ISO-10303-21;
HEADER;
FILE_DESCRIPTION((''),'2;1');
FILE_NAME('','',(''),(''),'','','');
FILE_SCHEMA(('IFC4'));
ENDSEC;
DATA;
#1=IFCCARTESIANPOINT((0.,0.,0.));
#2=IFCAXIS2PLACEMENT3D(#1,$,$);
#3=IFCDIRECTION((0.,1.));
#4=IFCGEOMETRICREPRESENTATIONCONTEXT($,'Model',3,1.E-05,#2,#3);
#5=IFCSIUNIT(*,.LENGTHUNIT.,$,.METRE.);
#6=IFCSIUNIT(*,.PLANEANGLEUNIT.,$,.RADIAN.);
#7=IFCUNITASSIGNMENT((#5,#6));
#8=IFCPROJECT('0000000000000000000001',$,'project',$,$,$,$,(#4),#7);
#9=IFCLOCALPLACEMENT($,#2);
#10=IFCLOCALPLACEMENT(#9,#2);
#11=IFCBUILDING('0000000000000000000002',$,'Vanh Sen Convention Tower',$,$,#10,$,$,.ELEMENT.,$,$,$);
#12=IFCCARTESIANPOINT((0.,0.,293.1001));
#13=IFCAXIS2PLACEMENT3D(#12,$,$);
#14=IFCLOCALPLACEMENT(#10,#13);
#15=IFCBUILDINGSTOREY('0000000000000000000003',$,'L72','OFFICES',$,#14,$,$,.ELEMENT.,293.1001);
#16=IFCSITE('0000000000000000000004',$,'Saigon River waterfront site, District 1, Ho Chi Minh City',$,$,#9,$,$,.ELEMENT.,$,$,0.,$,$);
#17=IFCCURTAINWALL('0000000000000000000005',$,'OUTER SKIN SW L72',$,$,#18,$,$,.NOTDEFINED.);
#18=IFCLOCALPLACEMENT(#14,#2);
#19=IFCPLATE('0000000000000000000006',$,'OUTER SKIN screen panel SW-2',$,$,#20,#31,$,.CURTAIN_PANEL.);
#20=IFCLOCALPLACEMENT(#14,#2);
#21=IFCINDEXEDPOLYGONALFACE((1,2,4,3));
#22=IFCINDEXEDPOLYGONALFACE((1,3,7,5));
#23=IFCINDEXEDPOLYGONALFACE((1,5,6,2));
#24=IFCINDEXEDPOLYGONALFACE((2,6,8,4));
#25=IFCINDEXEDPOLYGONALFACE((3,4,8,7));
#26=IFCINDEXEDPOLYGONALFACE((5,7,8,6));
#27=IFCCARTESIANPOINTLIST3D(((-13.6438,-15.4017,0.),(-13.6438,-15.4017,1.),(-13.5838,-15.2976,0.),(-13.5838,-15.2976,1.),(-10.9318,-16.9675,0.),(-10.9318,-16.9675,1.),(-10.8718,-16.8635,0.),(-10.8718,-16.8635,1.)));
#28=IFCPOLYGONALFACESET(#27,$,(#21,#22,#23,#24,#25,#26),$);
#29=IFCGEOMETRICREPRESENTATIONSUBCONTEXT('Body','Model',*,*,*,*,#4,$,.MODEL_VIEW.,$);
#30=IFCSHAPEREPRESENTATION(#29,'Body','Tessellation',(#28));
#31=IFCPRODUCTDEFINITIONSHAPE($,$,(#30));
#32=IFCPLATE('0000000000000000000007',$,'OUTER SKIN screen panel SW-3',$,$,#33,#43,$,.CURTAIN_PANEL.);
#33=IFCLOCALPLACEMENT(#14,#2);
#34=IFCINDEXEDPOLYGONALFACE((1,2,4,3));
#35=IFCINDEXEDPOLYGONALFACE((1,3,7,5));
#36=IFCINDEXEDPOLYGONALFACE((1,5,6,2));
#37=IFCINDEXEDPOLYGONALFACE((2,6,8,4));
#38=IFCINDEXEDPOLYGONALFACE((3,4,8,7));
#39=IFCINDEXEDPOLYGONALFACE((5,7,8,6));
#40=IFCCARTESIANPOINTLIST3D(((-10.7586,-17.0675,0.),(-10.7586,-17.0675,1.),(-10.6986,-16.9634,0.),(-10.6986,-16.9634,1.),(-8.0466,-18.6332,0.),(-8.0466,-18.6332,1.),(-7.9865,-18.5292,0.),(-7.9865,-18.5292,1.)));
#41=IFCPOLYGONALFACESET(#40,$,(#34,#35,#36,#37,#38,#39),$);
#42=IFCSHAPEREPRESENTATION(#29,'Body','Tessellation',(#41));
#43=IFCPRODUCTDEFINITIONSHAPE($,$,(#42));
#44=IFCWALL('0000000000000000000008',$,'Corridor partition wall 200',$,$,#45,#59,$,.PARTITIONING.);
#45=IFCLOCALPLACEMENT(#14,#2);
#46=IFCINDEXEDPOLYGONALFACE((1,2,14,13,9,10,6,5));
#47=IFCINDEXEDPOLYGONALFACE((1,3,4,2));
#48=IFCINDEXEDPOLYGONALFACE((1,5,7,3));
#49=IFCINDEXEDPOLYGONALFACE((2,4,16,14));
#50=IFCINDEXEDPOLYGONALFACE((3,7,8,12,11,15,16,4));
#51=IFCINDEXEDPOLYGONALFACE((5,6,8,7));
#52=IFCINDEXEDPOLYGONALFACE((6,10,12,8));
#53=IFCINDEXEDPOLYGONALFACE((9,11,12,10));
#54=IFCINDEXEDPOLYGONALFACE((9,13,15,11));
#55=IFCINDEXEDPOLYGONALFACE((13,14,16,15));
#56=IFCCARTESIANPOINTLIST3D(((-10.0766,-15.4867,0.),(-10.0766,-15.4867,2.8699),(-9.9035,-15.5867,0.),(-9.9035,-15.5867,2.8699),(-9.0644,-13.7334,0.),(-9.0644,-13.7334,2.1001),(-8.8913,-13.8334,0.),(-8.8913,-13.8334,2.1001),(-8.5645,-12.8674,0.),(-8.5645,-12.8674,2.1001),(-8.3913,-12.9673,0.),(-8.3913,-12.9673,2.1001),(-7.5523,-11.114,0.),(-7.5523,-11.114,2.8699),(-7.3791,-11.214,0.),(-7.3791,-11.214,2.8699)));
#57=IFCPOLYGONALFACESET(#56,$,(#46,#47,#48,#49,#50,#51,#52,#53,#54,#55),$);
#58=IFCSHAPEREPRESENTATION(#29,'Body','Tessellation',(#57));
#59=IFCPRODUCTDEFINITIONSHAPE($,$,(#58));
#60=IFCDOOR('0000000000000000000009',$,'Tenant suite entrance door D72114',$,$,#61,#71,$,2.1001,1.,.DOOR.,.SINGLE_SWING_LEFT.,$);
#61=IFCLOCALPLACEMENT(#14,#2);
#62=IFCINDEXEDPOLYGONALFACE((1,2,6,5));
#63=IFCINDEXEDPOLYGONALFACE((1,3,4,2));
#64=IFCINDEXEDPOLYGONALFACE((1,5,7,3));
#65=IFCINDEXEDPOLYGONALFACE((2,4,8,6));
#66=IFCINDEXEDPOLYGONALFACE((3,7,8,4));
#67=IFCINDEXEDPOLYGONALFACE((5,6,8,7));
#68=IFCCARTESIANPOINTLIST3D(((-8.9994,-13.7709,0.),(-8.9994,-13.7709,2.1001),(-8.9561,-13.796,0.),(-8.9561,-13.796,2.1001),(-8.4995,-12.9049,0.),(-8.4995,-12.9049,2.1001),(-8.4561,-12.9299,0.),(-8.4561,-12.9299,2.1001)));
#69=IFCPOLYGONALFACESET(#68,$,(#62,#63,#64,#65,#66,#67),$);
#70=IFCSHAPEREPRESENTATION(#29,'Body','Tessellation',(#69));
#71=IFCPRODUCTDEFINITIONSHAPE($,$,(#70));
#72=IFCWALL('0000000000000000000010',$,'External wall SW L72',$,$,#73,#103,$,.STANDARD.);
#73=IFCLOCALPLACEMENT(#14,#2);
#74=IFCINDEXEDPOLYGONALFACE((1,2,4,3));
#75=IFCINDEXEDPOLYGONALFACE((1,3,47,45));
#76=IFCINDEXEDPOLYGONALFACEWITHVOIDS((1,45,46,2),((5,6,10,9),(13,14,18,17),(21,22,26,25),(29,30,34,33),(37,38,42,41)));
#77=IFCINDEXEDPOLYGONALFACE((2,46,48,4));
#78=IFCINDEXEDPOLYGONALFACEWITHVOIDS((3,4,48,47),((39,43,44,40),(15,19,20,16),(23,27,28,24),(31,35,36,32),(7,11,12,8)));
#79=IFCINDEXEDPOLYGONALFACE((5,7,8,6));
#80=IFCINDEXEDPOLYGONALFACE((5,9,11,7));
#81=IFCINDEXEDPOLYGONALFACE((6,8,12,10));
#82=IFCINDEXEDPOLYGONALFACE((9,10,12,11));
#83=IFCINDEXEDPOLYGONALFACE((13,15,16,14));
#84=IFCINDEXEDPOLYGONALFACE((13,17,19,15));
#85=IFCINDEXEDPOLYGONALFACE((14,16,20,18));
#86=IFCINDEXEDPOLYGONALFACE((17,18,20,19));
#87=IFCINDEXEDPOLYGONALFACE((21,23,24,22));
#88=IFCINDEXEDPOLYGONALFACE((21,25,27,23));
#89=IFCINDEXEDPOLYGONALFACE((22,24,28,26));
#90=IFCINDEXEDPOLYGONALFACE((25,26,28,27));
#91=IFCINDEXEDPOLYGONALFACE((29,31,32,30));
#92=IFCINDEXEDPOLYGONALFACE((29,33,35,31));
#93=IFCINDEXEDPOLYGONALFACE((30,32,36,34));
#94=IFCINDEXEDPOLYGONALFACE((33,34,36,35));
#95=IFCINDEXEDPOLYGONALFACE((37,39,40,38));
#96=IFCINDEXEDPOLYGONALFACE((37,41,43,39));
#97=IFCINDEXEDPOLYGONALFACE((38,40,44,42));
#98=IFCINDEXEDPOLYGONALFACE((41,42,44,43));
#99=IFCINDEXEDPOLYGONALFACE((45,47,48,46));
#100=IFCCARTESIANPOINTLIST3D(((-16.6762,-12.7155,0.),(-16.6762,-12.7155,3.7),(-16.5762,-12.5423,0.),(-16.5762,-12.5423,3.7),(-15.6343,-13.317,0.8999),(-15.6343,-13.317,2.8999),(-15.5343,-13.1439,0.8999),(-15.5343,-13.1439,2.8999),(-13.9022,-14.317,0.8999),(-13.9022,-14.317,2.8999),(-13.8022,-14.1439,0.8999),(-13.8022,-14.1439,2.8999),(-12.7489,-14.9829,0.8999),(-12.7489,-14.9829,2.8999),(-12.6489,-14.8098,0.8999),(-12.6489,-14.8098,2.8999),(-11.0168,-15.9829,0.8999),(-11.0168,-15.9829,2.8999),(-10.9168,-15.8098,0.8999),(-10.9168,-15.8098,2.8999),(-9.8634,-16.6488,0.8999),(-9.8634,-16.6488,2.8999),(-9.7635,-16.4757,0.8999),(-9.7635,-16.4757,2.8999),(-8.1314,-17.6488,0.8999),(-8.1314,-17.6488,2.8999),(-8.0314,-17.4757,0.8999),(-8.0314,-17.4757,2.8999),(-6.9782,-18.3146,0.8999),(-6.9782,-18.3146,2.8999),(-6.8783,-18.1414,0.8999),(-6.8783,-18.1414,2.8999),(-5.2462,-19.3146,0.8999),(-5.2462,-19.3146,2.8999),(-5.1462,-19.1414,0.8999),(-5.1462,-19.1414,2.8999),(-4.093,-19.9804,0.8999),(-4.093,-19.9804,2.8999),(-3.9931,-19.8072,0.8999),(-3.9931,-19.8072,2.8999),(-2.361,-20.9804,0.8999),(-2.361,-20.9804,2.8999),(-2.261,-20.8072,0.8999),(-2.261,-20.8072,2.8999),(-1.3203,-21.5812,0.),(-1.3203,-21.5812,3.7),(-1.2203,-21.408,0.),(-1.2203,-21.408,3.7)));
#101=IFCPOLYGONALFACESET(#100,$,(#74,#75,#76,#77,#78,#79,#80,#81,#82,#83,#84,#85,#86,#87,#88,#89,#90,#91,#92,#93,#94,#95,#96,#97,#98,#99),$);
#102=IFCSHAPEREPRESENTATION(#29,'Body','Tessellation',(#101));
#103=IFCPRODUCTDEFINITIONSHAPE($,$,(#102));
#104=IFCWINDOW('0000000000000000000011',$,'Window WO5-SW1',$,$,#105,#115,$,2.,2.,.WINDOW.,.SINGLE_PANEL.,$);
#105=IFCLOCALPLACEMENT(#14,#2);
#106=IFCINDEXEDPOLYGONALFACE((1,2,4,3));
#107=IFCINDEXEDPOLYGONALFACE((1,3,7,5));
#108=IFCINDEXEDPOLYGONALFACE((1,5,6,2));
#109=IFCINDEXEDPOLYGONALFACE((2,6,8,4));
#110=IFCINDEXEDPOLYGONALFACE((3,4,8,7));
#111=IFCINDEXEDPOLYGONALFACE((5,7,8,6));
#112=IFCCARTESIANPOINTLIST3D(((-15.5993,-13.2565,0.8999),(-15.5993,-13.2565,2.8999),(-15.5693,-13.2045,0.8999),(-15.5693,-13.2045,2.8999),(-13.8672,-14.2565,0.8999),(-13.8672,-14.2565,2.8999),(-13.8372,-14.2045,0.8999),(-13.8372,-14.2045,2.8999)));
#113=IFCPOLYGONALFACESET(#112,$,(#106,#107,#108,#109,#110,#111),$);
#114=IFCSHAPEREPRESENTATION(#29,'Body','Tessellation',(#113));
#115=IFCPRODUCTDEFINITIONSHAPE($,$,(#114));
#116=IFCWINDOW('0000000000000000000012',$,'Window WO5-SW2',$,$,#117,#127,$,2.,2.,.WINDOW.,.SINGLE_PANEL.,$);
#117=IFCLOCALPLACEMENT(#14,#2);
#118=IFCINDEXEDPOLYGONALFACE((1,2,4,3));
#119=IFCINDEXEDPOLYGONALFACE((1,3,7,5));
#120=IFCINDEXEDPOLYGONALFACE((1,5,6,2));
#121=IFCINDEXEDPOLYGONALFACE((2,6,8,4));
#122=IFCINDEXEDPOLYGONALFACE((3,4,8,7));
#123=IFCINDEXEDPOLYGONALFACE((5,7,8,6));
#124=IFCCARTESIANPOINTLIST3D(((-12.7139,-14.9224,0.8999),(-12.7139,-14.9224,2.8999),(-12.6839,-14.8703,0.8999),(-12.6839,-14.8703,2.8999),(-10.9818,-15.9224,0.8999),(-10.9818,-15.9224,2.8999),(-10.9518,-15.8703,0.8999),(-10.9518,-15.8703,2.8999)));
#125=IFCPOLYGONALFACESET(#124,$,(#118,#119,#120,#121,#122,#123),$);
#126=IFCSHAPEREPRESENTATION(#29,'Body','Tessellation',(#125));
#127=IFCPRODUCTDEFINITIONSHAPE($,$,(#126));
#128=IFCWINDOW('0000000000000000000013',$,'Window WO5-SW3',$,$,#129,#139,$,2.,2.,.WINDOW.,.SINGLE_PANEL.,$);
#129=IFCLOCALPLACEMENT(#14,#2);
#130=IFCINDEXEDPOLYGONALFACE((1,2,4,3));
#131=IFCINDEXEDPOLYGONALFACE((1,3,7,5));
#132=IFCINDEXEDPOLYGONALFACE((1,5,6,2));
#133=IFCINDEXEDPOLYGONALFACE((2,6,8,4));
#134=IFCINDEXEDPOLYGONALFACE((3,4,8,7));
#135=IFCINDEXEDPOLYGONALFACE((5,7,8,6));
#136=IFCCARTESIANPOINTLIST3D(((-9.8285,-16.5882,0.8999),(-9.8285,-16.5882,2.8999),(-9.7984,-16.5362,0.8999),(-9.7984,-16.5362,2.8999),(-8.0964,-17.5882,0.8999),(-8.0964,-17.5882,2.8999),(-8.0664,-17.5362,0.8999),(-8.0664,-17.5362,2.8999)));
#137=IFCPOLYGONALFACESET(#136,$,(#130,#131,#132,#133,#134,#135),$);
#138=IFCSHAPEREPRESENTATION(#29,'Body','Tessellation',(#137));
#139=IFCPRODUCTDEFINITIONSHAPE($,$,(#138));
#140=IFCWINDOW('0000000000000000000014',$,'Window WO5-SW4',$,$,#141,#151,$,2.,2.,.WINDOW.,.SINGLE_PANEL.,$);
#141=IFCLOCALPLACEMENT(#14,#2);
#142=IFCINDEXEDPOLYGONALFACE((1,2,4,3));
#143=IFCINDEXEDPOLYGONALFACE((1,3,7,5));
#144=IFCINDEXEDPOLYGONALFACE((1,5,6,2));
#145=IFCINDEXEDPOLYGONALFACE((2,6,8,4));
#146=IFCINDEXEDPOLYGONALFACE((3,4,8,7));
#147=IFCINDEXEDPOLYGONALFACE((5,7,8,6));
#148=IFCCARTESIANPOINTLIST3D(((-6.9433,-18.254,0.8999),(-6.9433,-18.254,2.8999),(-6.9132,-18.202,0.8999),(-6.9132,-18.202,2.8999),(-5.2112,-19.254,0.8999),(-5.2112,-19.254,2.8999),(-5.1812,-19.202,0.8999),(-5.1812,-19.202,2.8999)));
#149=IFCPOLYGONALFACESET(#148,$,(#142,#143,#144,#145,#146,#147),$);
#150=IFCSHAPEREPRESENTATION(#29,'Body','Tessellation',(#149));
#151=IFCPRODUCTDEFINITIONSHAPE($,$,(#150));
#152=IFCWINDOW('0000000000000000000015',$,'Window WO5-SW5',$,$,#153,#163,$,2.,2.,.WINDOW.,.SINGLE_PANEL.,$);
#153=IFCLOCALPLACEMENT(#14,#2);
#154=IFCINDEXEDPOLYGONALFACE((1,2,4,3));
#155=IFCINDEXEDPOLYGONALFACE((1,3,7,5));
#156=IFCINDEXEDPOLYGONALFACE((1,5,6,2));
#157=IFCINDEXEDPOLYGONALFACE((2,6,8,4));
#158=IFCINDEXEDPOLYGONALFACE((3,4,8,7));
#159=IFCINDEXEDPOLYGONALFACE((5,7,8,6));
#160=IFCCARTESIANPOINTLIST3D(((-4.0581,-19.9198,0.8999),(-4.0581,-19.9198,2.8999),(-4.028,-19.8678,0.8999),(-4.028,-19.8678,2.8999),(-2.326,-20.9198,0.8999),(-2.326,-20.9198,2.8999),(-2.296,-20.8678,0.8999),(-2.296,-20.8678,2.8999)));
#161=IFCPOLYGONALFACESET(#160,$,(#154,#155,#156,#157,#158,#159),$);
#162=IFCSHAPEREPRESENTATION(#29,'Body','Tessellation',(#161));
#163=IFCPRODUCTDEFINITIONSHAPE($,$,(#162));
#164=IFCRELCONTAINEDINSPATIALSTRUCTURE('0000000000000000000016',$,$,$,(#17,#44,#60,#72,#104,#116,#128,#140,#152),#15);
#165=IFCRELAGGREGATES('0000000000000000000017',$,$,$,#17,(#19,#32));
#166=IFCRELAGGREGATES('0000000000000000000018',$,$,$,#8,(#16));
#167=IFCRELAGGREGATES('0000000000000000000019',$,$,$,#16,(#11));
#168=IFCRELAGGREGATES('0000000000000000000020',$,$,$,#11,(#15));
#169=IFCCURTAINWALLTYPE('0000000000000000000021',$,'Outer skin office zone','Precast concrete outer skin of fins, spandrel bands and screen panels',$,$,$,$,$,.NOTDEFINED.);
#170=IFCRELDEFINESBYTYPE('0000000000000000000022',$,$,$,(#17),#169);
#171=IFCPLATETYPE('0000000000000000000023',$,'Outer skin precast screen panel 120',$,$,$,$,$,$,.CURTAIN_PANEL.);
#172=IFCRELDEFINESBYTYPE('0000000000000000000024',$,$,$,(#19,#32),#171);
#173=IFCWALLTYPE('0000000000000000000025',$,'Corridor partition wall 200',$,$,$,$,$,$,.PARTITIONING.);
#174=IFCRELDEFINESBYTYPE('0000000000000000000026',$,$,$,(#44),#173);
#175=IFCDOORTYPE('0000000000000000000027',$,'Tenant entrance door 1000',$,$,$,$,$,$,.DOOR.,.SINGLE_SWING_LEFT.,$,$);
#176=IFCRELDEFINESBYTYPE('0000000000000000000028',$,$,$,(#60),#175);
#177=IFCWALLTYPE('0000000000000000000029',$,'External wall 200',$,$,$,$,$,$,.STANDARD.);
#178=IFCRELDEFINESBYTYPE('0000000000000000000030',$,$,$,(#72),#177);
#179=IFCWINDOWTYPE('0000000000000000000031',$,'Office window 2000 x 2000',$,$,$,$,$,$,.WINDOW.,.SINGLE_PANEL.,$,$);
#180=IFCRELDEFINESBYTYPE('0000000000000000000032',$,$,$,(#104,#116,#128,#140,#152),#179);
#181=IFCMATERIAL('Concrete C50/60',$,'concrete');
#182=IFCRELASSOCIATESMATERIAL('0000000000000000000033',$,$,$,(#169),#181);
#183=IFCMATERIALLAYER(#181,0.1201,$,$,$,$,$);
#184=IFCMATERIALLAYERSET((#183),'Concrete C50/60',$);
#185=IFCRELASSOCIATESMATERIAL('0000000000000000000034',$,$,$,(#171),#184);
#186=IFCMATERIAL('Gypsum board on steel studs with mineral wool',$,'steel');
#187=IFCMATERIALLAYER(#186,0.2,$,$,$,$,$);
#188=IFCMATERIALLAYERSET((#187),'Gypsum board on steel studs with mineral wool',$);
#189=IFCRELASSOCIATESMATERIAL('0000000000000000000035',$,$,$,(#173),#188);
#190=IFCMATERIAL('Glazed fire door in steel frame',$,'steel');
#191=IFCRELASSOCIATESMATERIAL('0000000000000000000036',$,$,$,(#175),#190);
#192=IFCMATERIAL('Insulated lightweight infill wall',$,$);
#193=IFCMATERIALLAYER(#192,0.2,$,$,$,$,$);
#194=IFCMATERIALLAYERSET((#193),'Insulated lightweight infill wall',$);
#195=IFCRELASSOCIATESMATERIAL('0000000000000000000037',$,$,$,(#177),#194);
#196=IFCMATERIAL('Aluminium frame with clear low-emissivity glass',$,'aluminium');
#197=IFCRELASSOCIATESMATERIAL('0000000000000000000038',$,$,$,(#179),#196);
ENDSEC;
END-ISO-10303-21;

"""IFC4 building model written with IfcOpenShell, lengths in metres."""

from ifc_helpers import new_model, si_unit, direction, frame, frame_2d, origin, origin_2d, place, context, subcontext, project, spatial, rectangle, extrude, material, layer, layer_set, type_object, element, fill, aggregate, save


model = new_model("IFC4")

# Units and contexts
model_context = context("Model", 3, precision=1e-05, world=origin(), true_north=direction((0.0, 1.0)))
body_context = subcontext(model_context, "Body", "Model", "MODEL_VIEW")
ifc_project = project(units=[si_unit("LENGTHUNIT", "METRE"), si_unit("PLANEANGLEUNIT", "RADIAN")], contexts=[model_context])

# Site, building, storey
site_placement = place(None, origin())
site = spatial("IfcSite", under=ifc_project, at=site_placement, Name="Saigon River waterfront site, District 1, Ho Chi Minh City", CompositionType="ELEMENT", RefElevation=0.0)
building_placement = place(site_placement, origin())
building = spatial("IfcBuilding", under=site, at=building_placement, Name="Vanh Sen Convention Tower", CompositionType="ELEMENT")
storey_placement = place(building_placement, frame((0.0, 0.0, 293.1001)))
storey = spatial("IfcBuildingStorey", under=building, at=storey_placement, Name="L72", Description="OFFICES", CompositionType="ELEMENT", Elevation=293.1001)

# Curtain wall
ifc_material_1 = material(Name="Concrete C50/60", Category="concrete")
curtain_wall_type = type_object("IfcCurtainWallType", Name="Outer skin office zone", Description="Precast concrete outer skin of fins, spandrel bands and screen panels", PredefinedType="NOTDEFINED", material=ifc_material_1)
curtain_wall_1_placement = place(storey_placement, origin())
curtain_wall_1 = element("IfcCurtainWall", 1, at=curtain_wall_1_placement, inside=storey, type_object=curtain_wall_type, Name="OUTER SKIN SW L72", PredefinedType="NOTDEFINED")

# Shared definitions
ifc_layer_1 = layer(ifc_material_1, 0.1201)
ifc_layer_set_1 = layer_set([ifc_layer_1], Name="Concrete C50/60")
plate_type = type_object("IfcPlateType", Name="Outer skin precast screen panel 120", PredefinedType="CURTAIN_PANEL", material=ifc_layer_set_1)

# Plates
plate_1_placement = place(storey_placement, frame((-12.2578, -16.1326, 0.0), z_axis=(0.0, 0.0, 1.0), x_axis=(0.866016, -0.500017, 0.0)))
plate_1 = element("IfcPlate", 2, at=plate_1_placement, type_object=plate_type, Name="OUTER SKIN screen panel SW-2", PredefinedType="CURTAIN_PANEL", context=body_context, shape_type="SweptSolid", body=[
    extrude(rectangle(XDim=3.1316, YDim=0.1201, at=origin_2d()), origin(), (0.0, 0.0, 1.0), 1.0),
])
plate_2_placement = place(storey_placement, frame((-9.3726, -17.7983, 0.0), z_axis=(0.0, 0.0, 1.0), x_axis=(0.866029, -0.499994, 0.0)))
plate_2 = element("IfcPlate", 3, at=plate_2_placement, type_object=plate_type, Name="OUTER SKIN screen panel SW-3", PredefinedType="CURTAIN_PANEL", context=body_context, shape_type="SweptSolid", body=[
    extrude(rectangle(XDim=3.1316, YDim=0.1201, at=origin_2d()), origin(), (0.0, 0.0, 1.0), 1.0),
])
aggregate(curtain_wall_1, [plate_1, plate_2])

# Wall, opening, door
ifc_material_2 = material(Name="Gypsum board on steel studs with mineral wool", Category="steel")
ifc_layer_2 = layer(ifc_material_2, 0.2)
ifc_layer_set_2 = layer_set([ifc_layer_2], Name="Gypsum board on steel studs with mineral wool")
wall_type_1 = type_object("IfcWallType", Name="Corridor partition wall 200", PredefinedType="PARTITIONING", material=ifc_layer_set_2)
wall_1_placement = place(storey_placement, frame((-9.99, -15.5366, 0.0), z_axis=(0.0, 0.0, 1.0), x_axis=(0.499967, 0.866045, 0.0)))
wall_1 = element("IfcWall", 4, at=wall_1_placement, inside=storey, type_object=wall_type_1, Name="Corridor partition wall 200", PredefinedType="PARTITIONING", context=body_context, shape_type="SweptSolid", body=[
    extrude(rectangle(XDim=5.0491, YDim=0.2, at=frame_2d((2.5244, 0.0))), origin(), (0.0, 0.0, 1.0), 2.8699),
])
opening_1_placement = place(wall_1_placement, frame((2.0244, 0.0, 0.0)))
opening_1 = element("IfcOpeningElement", 5, at=opening_1_placement, cuts=wall_1, PredefinedType="OPENING", context=body_context, shape_type="SweptSolid", body=[
    extrude(rectangle(XDim=1.0, YDim=2.1001, at=frame_2d((0.5, 1.05))), frame((0.0, 0.1099, 0.0), z_axis=(0.0, -1.0, 0.0), x_axis=(1.0, 0.0, 0.0)), (0.0, 0.0, 1.0), 0.22),
])
ifc_material_3 = material(Name="Glazed fire door in steel frame", Category="steel")
door_type = type_object("IfcDoorType", Name="Tenant entrance door 1000", OperationType="SINGLE_SWING_LEFT", PredefinedType="DOOR", material=ifc_material_3)
door_placement = place(opening_1_placement, origin())
door = element("IfcDoor", 6, at=door_placement, inside=storey, type_object=door_type, Name="Tenant suite entrance door D72114", OperationType="SINGLE_SWING_LEFT", OverallHeight=2.1001, OverallWidth=1.0, PredefinedType="DOOR", context=body_context, shape_type="SweptSolid", body=[
    extrude(rectangle(XDim=1.0, YDim=2.1001, at=frame_2d((0.5, 1.05))), frame((0.0, 0.0249, 0.0), z_axis=(0.0, -1.0, 0.0), x_axis=(1.0, 0.0, 0.0)), (0.0, 0.0, 1.0), 0.05),
])
fill(opening_1, door)

# Wall, openings, windows
ifc_material_4 = material(Name="Insulated lightweight infill wall")
ifc_layer_3 = layer(ifc_material_4, 0.2)
ifc_layer_set_3 = layer_set([ifc_layer_3], Name="Insulated lightweight infill wall")
wall_type_2 = type_object("IfcWallType", Name="External wall 200", PredefinedType="STANDARD", material=ifc_layer_set_3)
wall_2_placement = place(storey_placement, frame((-16.6262, -12.6289, 0.0), z_axis=(0.0, 0.0, 1.0), x_axis=(0.866026, -0.499998, 0.0)))
wall_2 = element("IfcWall", 7, at=wall_2_placement, inside=storey, type_object=wall_type_2, Name="External wall SW L72", PredefinedType="STANDARD", context=body_context, shape_type="SweptSolid", body=[
    extrude(rectangle(XDim=17.7314, YDim=0.2, at=frame_2d((8.8657, 0.0))), origin(), (0.0, 0.0, 1.0), 3.7),
])
opening_2_placement = place(wall_2_placement, frame((1.2031, 0.0, 0.8999)))
opening_2 = element("IfcOpeningElement", 8, at=opening_2_placement, cuts=wall_2, PredefinedType="OPENING", context=body_context, shape_type="SweptSolid", body=[
    extrude(rectangle(XDim=2.0, YDim=2.0, at=frame_2d((1.0, 1.0))), frame((0.0, 0.1099, 0.0), z_axis=(0.0, -1.0, 0.0), x_axis=(1.0, 0.0, 0.0)), (0.0, 0.0, 1.0), 0.22),
])
opening_3_placement = place(wall_2_placement, frame((4.5349, 0.0, 0.8999)))
opening_3 = element("IfcOpeningElement", 9, at=opening_3_placement, cuts=wall_2, PredefinedType="OPENING", context=body_context, shape_type="SweptSolid", body=[
    extrude(rectangle(XDim=2.0, YDim=2.0, at=frame_2d((1.0, 1.0))), frame((0.0, 0.1099, 0.0), z_axis=(0.0, -1.0, 0.0), x_axis=(1.0, 0.0, 0.0)), (0.0, 0.0, 1.0), 0.22),
])
opening_4_placement = place(wall_2_placement, frame((7.8667, 0.0, 0.8999)))
opening_4 = element("IfcOpeningElement", 10, at=opening_4_placement, cuts=wall_2, PredefinedType="OPENING", context=body_context, shape_type="SweptSolid", body=[
    extrude(rectangle(XDim=2.0, YDim=2.0, at=frame_2d((1.0, 1.0))), frame((0.0, 0.1099, 0.0), z_axis=(0.0, -1.0, 0.0), x_axis=(1.0, 0.0, 0.0)), (0.0, 0.0, 1.0), 0.22),
])
opening_5_placement = place(wall_2_placement, frame((11.1982, 0.0, 0.8999)))
opening_5 = element("IfcOpeningElement", 11, at=opening_5_placement, cuts=wall_2, PredefinedType="OPENING", context=body_context, shape_type="SweptSolid", body=[
    extrude(rectangle(XDim=2.0, YDim=2.0, at=frame_2d((1.0, 1.0))), frame((0.0, 0.1099, 0.0), z_axis=(0.0, -1.0, 0.0), x_axis=(1.0, 0.0, 0.0)), (0.0, 0.0, 1.0), 0.22),
])
opening_6_placement = place(wall_2_placement, frame((14.5298, 0.0, 0.8999)))
opening_6 = element("IfcOpeningElement", 12, at=opening_6_placement, cuts=wall_2, PredefinedType="OPENING", context=body_context, shape_type="SweptSolid", body=[
    extrude(rectangle(XDim=2.0, YDim=2.0, at=frame_2d((1.0, 1.0))), frame((0.0, 0.1099, 0.0), z_axis=(0.0, -1.0, 0.0), x_axis=(1.0, 0.0, 0.0)), (0.0, 0.0, 1.0), 0.22),
])
ifc_material_5 = material(Name="Aluminium frame with clear low-emissivity glass", Category="aluminium")
window_type = type_object("IfcWindowType", Name="Office window 2000 x 2000", PartitioningType="SINGLE_PANEL", PredefinedType="WINDOW", material=ifc_material_5)
window_1_placement = place(opening_2_placement, origin())
window_1 = element("IfcWindow", 13, at=window_1_placement, inside=storey, type_object=window_type, Name="Window WO5-SW1", OverallHeight=2.0, OverallWidth=2.0, PartitioningType="SINGLE_PANEL", PredefinedType="WINDOW", context=body_context, shape_type="SweptSolid", body=[
    extrude(rectangle(XDim=2.0, YDim=2.0, at=frame_2d((1.0, 1.0))), frame((0.0, 0.03, 0.0), z_axis=(0.0, -1.0, 0.0), x_axis=(1.0, 0.0, 0.0)), (0.0, 0.0, 1.0), 0.0601),
])
fill(opening_2, window_1)
window_2_placement = place(opening_3_placement, origin())
window_2 = element("IfcWindow", 14, at=window_2_placement, inside=storey, type_object=window_type, Name="Window WO5-SW2", OverallHeight=2.0, OverallWidth=2.0, PartitioningType="SINGLE_PANEL", PredefinedType="WINDOW", context=body_context, shape_type="SweptSolid", body=[
    extrude(rectangle(XDim=2.0, YDim=2.0, at=frame_2d((1.0, 1.0))), frame((0.0, 0.03, 0.0), z_axis=(0.0, -1.0, 0.0), x_axis=(1.0, 0.0, 0.0)), (0.0, 0.0, 1.0), 0.0601),
])
fill(opening_3, window_2)
window_3_placement = place(opening_4_placement, origin())
window_3 = element("IfcWindow", 15, at=window_3_placement, inside=storey, type_object=window_type, Name="Window WO5-SW3", OverallHeight=2.0, OverallWidth=2.0, PartitioningType="SINGLE_PANEL", PredefinedType="WINDOW", context=body_context, shape_type="SweptSolid", body=[
    extrude(rectangle(XDim=2.0, YDim=2.0, at=frame_2d((1.0, 1.0))), frame((0.0, 0.03, 0.0), z_axis=(0.0, -1.0, 0.0), x_axis=(1.0, 0.0, 0.0)), (0.0, 0.0, 1.0), 0.0601),
])
fill(opening_4, window_3)
window_4_placement = place(opening_5_placement, origin())
window_4 = element("IfcWindow", 16, at=window_4_placement, inside=storey, type_object=window_type, Name="Window WO5-SW4", OverallHeight=2.0, OverallWidth=2.0, PartitioningType="SINGLE_PANEL", PredefinedType="WINDOW", context=body_context, shape_type="SweptSolid", body=[
    extrude(rectangle(XDim=2.0, YDim=2.0, at=frame_2d((1.0, 1.0))), frame((0.0, 0.03, 0.0), z_axis=(0.0, -1.0, 0.0), x_axis=(1.0, 0.0, 0.0)), (0.0, 0.0, 1.0), 0.0601),
])
fill(opening_5, window_4)
window_5_placement = place(opening_6_placement, origin())
window_5 = element("IfcWindow", 17, at=window_5_placement, inside=storey, type_object=window_type, Name="Window WO5-SW5", OverallHeight=2.0, OverallWidth=2.0, PartitioningType="SINGLE_PANEL", PredefinedType="WINDOW", context=body_context, shape_type="SweptSolid", body=[
    extrude(rectangle(XDim=2.0, YDim=2.0, at=frame_2d((1.0, 1.0))), frame((0.0, 0.03, 0.0), z_axis=(0.0, -1.0, 0.0), x_axis=(1.0, 0.0, 0.0)), (0.0, 0.0, 1.0), 0.0601),
])
fill(opening_6, window_5)

save(model, "model.ifc")
